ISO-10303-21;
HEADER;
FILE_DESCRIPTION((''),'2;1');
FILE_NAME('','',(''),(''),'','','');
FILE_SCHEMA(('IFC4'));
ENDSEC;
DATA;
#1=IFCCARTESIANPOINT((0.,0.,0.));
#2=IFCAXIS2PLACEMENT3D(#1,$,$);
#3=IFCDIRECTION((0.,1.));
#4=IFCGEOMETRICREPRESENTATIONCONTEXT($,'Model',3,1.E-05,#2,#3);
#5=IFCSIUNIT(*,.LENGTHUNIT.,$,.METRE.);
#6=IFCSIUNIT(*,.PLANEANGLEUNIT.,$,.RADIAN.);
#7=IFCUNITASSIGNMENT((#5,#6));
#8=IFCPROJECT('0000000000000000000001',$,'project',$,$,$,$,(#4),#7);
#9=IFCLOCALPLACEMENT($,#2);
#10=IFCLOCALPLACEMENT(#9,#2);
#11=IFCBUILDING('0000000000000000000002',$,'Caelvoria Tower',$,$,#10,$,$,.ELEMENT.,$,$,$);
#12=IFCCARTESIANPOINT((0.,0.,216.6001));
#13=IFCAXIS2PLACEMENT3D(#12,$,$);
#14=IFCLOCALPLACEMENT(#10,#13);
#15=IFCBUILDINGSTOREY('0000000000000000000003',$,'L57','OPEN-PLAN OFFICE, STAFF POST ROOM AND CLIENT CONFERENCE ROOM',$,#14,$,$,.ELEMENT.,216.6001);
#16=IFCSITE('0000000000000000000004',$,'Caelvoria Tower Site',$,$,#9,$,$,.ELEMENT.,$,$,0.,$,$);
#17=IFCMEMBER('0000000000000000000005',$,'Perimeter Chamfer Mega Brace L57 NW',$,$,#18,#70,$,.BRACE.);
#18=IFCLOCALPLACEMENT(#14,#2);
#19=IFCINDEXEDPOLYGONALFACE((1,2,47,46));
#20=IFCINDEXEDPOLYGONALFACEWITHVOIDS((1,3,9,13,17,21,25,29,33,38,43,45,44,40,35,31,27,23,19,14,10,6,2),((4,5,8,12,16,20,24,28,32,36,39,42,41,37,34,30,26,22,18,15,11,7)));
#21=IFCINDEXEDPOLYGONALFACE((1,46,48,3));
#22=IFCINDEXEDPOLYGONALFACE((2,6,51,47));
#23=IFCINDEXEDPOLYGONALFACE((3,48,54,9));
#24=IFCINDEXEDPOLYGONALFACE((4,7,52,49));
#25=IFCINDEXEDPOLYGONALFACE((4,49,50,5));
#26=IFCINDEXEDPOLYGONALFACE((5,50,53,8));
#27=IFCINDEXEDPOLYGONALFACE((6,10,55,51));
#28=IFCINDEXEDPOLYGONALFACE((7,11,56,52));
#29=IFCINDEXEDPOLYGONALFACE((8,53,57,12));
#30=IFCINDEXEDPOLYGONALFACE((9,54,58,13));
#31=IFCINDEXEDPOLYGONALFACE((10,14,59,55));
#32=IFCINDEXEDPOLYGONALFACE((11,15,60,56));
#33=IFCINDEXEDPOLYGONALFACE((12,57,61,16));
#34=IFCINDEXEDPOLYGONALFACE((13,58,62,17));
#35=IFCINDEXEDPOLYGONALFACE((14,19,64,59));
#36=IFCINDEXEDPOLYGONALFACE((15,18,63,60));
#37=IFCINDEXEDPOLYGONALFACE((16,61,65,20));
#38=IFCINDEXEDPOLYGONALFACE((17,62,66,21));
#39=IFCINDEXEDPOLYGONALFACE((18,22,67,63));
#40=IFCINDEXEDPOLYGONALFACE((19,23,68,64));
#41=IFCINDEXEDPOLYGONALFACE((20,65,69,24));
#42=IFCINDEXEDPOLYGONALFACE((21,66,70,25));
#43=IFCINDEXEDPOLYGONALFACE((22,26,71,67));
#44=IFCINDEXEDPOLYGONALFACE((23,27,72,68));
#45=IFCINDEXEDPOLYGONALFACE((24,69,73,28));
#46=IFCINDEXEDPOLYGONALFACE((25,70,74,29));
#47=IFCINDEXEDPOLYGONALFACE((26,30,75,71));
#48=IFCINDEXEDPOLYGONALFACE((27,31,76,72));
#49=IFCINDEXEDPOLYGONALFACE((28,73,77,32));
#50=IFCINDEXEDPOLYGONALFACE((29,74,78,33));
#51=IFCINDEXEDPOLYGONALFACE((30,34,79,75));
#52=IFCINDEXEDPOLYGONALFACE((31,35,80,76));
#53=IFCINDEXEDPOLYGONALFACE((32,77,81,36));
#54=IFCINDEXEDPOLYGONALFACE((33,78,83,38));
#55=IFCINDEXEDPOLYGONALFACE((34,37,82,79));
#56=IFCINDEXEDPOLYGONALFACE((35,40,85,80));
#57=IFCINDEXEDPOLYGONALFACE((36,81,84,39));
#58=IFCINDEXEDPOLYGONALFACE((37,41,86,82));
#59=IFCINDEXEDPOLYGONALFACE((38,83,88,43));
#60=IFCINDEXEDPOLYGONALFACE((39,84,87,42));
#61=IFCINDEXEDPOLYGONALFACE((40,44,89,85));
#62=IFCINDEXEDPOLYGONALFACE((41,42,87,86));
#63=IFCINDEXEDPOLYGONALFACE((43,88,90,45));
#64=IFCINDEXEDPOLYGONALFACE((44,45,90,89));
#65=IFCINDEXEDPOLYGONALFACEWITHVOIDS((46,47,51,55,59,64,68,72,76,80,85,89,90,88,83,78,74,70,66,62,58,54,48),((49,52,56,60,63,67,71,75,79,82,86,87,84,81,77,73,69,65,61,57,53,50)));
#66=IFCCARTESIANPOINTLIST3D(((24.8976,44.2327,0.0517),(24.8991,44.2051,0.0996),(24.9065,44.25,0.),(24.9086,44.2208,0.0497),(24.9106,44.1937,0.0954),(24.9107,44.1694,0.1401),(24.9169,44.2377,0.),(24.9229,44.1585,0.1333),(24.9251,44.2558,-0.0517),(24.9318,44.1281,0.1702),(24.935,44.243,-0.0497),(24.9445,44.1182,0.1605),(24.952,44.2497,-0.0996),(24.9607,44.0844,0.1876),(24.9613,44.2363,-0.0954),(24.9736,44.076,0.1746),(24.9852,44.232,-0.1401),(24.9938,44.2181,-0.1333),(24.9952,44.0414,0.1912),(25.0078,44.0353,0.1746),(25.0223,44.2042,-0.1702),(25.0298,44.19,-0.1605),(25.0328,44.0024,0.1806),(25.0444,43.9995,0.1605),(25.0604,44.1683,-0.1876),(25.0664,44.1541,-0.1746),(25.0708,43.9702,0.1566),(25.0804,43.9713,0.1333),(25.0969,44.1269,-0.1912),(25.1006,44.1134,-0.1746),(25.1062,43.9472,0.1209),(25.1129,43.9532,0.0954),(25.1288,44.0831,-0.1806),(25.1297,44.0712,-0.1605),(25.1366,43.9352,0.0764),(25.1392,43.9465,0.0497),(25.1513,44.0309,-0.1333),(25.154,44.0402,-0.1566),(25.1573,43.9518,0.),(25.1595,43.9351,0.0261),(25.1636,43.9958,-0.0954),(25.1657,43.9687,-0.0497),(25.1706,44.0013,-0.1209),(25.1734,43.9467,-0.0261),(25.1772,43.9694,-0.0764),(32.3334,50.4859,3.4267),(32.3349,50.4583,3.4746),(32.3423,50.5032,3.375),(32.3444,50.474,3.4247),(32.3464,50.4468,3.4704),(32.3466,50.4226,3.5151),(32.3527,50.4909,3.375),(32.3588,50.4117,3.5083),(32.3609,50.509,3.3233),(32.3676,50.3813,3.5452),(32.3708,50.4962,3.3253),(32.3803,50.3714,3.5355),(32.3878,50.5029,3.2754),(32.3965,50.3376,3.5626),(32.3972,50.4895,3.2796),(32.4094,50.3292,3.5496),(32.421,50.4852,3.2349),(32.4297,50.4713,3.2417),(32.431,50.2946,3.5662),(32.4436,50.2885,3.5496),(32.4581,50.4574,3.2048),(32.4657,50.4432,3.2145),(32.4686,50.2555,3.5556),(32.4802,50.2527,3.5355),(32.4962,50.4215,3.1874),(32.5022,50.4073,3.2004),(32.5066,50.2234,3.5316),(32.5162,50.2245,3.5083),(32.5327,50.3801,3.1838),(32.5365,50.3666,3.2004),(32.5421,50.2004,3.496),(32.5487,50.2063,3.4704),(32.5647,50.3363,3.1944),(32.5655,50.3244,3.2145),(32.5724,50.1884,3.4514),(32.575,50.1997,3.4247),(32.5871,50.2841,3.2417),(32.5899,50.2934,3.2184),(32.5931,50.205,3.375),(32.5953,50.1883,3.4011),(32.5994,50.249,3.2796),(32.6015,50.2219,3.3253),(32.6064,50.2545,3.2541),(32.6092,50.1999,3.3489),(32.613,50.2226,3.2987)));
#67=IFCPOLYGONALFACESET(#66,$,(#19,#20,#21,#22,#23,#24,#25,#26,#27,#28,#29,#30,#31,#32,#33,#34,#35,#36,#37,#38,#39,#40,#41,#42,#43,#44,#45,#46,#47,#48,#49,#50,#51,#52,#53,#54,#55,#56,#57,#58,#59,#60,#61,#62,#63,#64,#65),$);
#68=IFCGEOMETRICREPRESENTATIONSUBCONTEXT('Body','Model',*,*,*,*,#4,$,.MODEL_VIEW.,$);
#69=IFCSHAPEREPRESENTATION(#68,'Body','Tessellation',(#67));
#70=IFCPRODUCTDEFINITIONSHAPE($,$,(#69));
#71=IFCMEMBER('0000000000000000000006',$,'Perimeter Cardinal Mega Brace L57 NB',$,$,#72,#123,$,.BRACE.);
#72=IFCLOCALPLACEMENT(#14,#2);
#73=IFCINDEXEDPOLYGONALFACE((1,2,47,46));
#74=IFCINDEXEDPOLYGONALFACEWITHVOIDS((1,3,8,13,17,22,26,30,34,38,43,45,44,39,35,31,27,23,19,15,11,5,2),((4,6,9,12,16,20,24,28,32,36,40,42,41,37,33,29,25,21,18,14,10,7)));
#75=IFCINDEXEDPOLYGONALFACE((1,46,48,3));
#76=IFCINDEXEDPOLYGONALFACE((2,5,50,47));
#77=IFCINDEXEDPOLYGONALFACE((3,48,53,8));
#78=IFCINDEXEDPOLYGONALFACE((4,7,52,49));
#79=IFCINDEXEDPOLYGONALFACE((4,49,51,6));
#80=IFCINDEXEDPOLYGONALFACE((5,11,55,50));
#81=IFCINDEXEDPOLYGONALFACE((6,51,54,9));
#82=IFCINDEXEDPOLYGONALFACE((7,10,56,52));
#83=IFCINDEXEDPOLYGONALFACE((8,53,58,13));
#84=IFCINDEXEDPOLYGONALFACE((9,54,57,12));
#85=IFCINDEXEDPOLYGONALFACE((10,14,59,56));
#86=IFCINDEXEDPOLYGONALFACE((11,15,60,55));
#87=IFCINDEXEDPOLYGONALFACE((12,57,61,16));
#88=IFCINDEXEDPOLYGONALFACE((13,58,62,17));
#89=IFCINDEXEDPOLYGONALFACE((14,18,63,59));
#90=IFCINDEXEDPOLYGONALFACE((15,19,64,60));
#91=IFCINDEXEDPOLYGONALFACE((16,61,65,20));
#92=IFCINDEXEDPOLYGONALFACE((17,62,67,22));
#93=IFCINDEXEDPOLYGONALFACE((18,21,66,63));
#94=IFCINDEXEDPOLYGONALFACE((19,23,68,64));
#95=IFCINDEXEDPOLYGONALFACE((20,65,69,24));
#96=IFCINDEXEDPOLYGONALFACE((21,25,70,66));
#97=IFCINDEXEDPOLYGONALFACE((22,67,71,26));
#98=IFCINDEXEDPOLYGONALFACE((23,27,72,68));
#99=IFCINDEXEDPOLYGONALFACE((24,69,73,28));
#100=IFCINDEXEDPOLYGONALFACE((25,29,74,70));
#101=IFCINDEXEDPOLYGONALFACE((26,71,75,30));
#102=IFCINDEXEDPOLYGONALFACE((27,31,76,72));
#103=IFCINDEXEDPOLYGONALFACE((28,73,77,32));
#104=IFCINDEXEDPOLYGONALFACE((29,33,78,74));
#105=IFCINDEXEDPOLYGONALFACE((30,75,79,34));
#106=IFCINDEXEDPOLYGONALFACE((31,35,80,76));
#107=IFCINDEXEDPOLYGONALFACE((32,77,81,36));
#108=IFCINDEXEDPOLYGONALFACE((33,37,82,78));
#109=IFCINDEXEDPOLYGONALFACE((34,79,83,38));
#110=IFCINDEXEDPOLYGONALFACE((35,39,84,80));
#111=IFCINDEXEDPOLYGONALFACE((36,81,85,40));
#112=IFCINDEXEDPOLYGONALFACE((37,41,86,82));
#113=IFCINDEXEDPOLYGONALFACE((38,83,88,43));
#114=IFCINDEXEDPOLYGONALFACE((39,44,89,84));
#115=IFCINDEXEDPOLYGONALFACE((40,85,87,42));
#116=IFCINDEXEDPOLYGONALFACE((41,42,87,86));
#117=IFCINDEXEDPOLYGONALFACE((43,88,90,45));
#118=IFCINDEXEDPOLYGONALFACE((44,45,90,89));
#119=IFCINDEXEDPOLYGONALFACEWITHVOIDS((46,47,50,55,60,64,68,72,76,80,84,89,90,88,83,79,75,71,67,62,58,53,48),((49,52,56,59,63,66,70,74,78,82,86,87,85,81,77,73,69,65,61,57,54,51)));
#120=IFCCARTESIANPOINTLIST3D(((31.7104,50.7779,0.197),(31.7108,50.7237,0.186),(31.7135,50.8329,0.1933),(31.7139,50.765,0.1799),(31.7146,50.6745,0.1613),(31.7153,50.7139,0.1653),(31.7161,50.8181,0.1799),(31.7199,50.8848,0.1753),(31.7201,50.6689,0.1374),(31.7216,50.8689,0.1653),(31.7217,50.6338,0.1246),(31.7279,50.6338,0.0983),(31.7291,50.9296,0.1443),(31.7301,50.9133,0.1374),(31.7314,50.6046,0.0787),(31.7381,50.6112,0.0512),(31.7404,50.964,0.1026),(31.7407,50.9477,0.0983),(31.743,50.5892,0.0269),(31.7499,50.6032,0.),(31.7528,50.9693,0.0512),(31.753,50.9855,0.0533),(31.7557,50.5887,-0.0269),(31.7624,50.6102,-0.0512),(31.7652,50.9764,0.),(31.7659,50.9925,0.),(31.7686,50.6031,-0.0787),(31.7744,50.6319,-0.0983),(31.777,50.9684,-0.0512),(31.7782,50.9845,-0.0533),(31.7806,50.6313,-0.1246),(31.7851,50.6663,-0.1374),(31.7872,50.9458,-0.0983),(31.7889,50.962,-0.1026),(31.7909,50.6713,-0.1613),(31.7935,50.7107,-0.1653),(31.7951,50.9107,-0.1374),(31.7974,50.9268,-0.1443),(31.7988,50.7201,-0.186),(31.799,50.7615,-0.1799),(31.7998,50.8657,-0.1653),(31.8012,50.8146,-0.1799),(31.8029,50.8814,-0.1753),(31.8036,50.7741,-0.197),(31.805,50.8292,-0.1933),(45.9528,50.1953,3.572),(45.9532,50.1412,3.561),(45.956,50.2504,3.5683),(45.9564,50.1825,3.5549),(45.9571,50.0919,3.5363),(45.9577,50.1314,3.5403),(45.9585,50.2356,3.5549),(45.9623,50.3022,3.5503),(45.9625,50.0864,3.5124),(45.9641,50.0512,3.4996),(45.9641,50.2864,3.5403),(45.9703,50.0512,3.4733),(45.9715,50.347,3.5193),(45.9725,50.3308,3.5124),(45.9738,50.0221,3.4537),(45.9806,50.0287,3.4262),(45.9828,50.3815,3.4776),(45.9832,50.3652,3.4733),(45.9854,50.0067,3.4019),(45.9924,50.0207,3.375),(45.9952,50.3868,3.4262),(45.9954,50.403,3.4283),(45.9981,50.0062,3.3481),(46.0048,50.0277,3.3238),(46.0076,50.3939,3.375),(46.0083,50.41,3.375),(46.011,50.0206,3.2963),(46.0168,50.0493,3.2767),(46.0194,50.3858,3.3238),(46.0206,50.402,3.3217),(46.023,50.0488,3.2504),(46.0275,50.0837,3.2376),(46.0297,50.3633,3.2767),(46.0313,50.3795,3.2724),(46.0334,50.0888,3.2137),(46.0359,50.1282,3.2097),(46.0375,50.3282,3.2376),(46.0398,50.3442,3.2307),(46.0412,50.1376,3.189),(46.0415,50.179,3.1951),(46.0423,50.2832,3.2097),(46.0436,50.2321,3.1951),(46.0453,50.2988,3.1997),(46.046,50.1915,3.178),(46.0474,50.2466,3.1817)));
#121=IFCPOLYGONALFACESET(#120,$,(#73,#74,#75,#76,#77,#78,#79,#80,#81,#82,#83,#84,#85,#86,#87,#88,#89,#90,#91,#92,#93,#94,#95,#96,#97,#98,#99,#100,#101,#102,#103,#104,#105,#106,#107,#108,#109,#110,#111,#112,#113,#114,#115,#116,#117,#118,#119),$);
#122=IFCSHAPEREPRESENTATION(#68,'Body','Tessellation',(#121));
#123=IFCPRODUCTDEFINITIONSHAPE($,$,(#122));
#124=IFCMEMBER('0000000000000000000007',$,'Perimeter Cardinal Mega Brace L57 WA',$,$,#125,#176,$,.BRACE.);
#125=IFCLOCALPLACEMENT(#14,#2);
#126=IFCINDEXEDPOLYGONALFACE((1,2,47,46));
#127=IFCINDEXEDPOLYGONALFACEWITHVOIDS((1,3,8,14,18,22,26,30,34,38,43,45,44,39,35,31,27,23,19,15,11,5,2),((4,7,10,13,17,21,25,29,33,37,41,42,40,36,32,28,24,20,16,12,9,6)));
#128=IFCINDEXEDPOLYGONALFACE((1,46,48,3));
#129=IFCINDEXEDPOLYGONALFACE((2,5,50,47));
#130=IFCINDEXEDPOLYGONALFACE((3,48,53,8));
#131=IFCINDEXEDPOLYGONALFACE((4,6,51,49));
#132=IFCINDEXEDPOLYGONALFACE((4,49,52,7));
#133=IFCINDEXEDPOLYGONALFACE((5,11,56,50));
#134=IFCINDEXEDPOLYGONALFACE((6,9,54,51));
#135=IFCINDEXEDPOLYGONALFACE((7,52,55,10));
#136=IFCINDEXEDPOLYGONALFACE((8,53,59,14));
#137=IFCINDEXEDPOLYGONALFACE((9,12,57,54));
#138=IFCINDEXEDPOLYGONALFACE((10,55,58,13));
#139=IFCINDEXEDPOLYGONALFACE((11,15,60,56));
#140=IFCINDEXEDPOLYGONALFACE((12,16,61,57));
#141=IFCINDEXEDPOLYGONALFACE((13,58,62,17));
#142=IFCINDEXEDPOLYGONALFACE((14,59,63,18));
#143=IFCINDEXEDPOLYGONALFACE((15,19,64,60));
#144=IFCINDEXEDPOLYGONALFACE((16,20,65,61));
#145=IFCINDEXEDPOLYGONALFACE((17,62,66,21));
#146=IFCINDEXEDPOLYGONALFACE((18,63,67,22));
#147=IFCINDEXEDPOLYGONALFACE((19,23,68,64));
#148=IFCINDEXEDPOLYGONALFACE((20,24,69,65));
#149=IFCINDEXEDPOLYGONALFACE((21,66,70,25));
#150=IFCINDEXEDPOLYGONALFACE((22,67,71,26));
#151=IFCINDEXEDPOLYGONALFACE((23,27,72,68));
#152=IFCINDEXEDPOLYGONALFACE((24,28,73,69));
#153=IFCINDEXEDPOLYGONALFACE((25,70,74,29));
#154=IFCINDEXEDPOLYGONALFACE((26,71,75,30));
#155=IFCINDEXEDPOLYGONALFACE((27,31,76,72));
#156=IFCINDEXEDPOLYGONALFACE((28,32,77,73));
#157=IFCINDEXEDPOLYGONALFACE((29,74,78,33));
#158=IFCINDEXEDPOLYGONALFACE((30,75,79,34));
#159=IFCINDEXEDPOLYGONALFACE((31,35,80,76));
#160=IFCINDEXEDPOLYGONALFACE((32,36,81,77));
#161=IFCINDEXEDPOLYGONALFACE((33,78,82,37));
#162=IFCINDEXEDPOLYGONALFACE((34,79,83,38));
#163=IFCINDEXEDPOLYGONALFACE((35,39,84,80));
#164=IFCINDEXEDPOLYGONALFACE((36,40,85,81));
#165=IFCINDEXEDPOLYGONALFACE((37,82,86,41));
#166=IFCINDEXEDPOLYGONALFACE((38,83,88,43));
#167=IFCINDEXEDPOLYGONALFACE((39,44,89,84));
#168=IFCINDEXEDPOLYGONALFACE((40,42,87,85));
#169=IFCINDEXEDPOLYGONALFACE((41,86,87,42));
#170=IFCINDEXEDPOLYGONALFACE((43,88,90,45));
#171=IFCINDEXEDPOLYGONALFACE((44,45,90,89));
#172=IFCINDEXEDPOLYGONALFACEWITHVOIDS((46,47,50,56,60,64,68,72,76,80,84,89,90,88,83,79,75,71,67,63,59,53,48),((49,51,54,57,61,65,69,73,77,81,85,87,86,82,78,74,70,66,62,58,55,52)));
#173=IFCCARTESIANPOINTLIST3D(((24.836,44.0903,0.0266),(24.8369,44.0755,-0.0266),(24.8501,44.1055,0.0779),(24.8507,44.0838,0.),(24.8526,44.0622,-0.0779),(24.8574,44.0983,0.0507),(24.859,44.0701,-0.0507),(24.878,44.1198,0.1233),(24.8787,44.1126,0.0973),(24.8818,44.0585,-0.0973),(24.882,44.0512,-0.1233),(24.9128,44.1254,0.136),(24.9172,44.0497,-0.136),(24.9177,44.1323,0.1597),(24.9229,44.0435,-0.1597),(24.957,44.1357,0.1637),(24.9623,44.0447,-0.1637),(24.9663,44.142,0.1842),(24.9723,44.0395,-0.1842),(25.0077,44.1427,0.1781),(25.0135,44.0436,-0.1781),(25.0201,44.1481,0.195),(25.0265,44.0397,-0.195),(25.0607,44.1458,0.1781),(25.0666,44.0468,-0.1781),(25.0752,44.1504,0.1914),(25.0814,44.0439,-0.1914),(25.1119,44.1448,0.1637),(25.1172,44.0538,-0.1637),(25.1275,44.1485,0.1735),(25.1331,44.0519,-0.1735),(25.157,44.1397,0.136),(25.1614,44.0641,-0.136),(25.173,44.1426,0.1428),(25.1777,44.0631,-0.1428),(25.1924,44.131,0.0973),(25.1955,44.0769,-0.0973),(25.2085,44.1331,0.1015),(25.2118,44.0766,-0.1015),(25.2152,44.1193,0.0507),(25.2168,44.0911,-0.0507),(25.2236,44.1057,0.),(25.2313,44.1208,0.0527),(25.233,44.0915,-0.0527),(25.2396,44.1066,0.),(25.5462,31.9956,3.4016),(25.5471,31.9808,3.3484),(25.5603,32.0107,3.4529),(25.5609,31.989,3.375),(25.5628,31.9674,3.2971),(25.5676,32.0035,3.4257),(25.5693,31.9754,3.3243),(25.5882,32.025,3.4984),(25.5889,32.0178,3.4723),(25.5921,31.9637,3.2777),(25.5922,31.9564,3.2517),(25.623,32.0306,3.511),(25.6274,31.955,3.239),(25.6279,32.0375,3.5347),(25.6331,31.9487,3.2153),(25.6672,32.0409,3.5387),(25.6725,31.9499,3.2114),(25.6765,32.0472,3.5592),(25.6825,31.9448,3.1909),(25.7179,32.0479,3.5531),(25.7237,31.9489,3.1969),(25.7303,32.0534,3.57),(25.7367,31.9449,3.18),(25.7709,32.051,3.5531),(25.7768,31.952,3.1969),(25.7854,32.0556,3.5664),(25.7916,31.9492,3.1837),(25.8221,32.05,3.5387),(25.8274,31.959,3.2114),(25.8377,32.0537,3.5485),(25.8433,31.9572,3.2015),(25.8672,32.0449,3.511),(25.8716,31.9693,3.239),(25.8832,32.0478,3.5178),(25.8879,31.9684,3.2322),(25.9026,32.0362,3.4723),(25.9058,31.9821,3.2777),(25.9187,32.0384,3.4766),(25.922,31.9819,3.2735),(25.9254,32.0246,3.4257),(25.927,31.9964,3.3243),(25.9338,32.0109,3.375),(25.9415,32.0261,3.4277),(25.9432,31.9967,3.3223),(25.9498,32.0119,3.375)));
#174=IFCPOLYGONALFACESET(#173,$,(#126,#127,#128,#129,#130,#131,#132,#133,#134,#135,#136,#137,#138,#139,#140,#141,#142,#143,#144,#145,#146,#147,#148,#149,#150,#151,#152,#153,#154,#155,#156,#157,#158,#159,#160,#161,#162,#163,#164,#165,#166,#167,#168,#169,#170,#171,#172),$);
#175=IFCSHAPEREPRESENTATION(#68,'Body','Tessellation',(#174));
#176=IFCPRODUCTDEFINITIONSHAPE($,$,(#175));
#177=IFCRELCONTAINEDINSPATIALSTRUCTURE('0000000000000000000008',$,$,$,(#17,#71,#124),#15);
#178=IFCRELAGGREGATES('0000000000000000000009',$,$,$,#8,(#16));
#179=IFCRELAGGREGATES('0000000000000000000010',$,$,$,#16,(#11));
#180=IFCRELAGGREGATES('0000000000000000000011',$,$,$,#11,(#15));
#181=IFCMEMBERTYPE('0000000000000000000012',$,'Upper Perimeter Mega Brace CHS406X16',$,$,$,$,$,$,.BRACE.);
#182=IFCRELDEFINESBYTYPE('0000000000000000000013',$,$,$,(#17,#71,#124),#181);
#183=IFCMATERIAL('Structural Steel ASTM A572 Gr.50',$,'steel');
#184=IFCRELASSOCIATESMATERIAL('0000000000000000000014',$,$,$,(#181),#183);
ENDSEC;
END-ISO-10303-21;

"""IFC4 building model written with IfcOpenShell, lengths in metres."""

from ifc_helpers import new_model, si_unit, direction, frame, origin, origin_2d, place, context, subcontext, project, spatial, hollow_circle, extrude, material, material_profile, profile_set, type_object, element, save


model = new_model("IFC4")

# Units and contexts
model_context = context("Model", 3, precision=1e-05, world=origin(), true_north=direction((0.0, 1.0)))
body_context = subcontext(model_context, "Body", "Model", "MODEL_VIEW")
ifc_project = project(units=[si_unit("LENGTHUNIT", "METRE"), si_unit("PLANEANGLEUNIT", "RADIAN")], contexts=[model_context])

# Site, building, storey
site_placement = place(None, origin())
site = spatial("IfcSite", under=ifc_project, at=site_placement, Name="Caelvoria Tower Site", CompositionType="ELEMENT", RefElevation=0.0)
building_placement = place(site_placement, origin())
building = spatial("IfcBuilding", under=site, at=building_placement, Name="Caelvoria Tower", CompositionType="ELEMENT")
storey_placement = place(building_placement, frame((0.0, 0.0, 216.6001)))
storey = spatial("IfcBuildingStorey", under=building, at=storey_placement, Name="L57", Description="OPEN-PLAN OFFICE, STAFF POST ROOM AND CLIENT CONFERENCE ROOM", CompositionType="ELEMENT", Elevation=216.6001)

# Shared definitions
ifc_material_1 = material(Name="Structural Steel ASTM A572 Gr.50", Category="steel")

# Members
ifc_material_profile_1 = material_profile(ifc_material_1, hollow_circle(Radius=0.2029, WallThickness=0.0161, at=origin_2d()), Name="Structural Steel ASTM A572 Gr.50")
ifc_profile_set_1 = profile_set([ifc_material_profile_1], Name="CHS406X16 - Structural Steel ASTM A572 Gr.50")
member_type = type_object("IfcMemberType", Name="Upper Perimeter Mega Brace CHS406X16", PredefinedType="BRACE", material=ifc_profile_set_1)
member_1_placement = place(storey_placement, frame((25.0371, 44.0947, 0.0), z_axis=(0.722966, 0.607982, 0.328144), x_axis=(-0.643621, 0.765344, 0.0)))
element("IfcMember", 1, at=member_1_placement, inside=storey, type_object=member_type, Name="Perimeter Chamfer Mega Brace L57 NW", PredefinedType="BRACE", context=body_context, shape_type="SweptSolid", body=[
    extrude(hollow_circle(Radius=0.2029, WallThickness=0.0161, at=origin_2d()), origin(), (0.0, 0.0, 1.0), 10.2852),
])
member_2_placement = place(storey_placement, frame((31.7576, 50.7898, 0.0), z_axis=(0.972283, -0.039767, 0.2304), x_axis=(0.040866, 0.999165, 0.0)))
element("IfcMember", 2, at=member_2_placement, inside=storey, type_object=member_type, Name="Perimeter Cardinal Mega Brace L57 NB", PredefinedType="BRACE", context=body_context, shape_type="SweptSolid", body=[
    extrude(hollow_circle(Radius=0.2029, WallThickness=0.0161, at=origin_2d()), origin(), (0.0, 0.0, 1.0), 14.6484),
])
member_3_placement = place(storey_placement, frame((25.0371, 44.0947, 0.0), z_axis=(0.056469, -0.961665, 0.26835), x_axis=(0.99828, 0.058619, 0.0)))
element("IfcMember", 3, at=member_3_placement, inside=storey, type_object=member_type, Name="Perimeter Cardinal Mega Brace L57 WA", PredefinedType="BRACE", context=body_context, shape_type="SweptSolid", body=[
    extrude(hollow_circle(Radius=0.2029, WallThickness=0.0161, at=origin_2d()), origin(), (0.0, 0.0, 1.0), 12.5769),
])

save(model, "model.ifc")
